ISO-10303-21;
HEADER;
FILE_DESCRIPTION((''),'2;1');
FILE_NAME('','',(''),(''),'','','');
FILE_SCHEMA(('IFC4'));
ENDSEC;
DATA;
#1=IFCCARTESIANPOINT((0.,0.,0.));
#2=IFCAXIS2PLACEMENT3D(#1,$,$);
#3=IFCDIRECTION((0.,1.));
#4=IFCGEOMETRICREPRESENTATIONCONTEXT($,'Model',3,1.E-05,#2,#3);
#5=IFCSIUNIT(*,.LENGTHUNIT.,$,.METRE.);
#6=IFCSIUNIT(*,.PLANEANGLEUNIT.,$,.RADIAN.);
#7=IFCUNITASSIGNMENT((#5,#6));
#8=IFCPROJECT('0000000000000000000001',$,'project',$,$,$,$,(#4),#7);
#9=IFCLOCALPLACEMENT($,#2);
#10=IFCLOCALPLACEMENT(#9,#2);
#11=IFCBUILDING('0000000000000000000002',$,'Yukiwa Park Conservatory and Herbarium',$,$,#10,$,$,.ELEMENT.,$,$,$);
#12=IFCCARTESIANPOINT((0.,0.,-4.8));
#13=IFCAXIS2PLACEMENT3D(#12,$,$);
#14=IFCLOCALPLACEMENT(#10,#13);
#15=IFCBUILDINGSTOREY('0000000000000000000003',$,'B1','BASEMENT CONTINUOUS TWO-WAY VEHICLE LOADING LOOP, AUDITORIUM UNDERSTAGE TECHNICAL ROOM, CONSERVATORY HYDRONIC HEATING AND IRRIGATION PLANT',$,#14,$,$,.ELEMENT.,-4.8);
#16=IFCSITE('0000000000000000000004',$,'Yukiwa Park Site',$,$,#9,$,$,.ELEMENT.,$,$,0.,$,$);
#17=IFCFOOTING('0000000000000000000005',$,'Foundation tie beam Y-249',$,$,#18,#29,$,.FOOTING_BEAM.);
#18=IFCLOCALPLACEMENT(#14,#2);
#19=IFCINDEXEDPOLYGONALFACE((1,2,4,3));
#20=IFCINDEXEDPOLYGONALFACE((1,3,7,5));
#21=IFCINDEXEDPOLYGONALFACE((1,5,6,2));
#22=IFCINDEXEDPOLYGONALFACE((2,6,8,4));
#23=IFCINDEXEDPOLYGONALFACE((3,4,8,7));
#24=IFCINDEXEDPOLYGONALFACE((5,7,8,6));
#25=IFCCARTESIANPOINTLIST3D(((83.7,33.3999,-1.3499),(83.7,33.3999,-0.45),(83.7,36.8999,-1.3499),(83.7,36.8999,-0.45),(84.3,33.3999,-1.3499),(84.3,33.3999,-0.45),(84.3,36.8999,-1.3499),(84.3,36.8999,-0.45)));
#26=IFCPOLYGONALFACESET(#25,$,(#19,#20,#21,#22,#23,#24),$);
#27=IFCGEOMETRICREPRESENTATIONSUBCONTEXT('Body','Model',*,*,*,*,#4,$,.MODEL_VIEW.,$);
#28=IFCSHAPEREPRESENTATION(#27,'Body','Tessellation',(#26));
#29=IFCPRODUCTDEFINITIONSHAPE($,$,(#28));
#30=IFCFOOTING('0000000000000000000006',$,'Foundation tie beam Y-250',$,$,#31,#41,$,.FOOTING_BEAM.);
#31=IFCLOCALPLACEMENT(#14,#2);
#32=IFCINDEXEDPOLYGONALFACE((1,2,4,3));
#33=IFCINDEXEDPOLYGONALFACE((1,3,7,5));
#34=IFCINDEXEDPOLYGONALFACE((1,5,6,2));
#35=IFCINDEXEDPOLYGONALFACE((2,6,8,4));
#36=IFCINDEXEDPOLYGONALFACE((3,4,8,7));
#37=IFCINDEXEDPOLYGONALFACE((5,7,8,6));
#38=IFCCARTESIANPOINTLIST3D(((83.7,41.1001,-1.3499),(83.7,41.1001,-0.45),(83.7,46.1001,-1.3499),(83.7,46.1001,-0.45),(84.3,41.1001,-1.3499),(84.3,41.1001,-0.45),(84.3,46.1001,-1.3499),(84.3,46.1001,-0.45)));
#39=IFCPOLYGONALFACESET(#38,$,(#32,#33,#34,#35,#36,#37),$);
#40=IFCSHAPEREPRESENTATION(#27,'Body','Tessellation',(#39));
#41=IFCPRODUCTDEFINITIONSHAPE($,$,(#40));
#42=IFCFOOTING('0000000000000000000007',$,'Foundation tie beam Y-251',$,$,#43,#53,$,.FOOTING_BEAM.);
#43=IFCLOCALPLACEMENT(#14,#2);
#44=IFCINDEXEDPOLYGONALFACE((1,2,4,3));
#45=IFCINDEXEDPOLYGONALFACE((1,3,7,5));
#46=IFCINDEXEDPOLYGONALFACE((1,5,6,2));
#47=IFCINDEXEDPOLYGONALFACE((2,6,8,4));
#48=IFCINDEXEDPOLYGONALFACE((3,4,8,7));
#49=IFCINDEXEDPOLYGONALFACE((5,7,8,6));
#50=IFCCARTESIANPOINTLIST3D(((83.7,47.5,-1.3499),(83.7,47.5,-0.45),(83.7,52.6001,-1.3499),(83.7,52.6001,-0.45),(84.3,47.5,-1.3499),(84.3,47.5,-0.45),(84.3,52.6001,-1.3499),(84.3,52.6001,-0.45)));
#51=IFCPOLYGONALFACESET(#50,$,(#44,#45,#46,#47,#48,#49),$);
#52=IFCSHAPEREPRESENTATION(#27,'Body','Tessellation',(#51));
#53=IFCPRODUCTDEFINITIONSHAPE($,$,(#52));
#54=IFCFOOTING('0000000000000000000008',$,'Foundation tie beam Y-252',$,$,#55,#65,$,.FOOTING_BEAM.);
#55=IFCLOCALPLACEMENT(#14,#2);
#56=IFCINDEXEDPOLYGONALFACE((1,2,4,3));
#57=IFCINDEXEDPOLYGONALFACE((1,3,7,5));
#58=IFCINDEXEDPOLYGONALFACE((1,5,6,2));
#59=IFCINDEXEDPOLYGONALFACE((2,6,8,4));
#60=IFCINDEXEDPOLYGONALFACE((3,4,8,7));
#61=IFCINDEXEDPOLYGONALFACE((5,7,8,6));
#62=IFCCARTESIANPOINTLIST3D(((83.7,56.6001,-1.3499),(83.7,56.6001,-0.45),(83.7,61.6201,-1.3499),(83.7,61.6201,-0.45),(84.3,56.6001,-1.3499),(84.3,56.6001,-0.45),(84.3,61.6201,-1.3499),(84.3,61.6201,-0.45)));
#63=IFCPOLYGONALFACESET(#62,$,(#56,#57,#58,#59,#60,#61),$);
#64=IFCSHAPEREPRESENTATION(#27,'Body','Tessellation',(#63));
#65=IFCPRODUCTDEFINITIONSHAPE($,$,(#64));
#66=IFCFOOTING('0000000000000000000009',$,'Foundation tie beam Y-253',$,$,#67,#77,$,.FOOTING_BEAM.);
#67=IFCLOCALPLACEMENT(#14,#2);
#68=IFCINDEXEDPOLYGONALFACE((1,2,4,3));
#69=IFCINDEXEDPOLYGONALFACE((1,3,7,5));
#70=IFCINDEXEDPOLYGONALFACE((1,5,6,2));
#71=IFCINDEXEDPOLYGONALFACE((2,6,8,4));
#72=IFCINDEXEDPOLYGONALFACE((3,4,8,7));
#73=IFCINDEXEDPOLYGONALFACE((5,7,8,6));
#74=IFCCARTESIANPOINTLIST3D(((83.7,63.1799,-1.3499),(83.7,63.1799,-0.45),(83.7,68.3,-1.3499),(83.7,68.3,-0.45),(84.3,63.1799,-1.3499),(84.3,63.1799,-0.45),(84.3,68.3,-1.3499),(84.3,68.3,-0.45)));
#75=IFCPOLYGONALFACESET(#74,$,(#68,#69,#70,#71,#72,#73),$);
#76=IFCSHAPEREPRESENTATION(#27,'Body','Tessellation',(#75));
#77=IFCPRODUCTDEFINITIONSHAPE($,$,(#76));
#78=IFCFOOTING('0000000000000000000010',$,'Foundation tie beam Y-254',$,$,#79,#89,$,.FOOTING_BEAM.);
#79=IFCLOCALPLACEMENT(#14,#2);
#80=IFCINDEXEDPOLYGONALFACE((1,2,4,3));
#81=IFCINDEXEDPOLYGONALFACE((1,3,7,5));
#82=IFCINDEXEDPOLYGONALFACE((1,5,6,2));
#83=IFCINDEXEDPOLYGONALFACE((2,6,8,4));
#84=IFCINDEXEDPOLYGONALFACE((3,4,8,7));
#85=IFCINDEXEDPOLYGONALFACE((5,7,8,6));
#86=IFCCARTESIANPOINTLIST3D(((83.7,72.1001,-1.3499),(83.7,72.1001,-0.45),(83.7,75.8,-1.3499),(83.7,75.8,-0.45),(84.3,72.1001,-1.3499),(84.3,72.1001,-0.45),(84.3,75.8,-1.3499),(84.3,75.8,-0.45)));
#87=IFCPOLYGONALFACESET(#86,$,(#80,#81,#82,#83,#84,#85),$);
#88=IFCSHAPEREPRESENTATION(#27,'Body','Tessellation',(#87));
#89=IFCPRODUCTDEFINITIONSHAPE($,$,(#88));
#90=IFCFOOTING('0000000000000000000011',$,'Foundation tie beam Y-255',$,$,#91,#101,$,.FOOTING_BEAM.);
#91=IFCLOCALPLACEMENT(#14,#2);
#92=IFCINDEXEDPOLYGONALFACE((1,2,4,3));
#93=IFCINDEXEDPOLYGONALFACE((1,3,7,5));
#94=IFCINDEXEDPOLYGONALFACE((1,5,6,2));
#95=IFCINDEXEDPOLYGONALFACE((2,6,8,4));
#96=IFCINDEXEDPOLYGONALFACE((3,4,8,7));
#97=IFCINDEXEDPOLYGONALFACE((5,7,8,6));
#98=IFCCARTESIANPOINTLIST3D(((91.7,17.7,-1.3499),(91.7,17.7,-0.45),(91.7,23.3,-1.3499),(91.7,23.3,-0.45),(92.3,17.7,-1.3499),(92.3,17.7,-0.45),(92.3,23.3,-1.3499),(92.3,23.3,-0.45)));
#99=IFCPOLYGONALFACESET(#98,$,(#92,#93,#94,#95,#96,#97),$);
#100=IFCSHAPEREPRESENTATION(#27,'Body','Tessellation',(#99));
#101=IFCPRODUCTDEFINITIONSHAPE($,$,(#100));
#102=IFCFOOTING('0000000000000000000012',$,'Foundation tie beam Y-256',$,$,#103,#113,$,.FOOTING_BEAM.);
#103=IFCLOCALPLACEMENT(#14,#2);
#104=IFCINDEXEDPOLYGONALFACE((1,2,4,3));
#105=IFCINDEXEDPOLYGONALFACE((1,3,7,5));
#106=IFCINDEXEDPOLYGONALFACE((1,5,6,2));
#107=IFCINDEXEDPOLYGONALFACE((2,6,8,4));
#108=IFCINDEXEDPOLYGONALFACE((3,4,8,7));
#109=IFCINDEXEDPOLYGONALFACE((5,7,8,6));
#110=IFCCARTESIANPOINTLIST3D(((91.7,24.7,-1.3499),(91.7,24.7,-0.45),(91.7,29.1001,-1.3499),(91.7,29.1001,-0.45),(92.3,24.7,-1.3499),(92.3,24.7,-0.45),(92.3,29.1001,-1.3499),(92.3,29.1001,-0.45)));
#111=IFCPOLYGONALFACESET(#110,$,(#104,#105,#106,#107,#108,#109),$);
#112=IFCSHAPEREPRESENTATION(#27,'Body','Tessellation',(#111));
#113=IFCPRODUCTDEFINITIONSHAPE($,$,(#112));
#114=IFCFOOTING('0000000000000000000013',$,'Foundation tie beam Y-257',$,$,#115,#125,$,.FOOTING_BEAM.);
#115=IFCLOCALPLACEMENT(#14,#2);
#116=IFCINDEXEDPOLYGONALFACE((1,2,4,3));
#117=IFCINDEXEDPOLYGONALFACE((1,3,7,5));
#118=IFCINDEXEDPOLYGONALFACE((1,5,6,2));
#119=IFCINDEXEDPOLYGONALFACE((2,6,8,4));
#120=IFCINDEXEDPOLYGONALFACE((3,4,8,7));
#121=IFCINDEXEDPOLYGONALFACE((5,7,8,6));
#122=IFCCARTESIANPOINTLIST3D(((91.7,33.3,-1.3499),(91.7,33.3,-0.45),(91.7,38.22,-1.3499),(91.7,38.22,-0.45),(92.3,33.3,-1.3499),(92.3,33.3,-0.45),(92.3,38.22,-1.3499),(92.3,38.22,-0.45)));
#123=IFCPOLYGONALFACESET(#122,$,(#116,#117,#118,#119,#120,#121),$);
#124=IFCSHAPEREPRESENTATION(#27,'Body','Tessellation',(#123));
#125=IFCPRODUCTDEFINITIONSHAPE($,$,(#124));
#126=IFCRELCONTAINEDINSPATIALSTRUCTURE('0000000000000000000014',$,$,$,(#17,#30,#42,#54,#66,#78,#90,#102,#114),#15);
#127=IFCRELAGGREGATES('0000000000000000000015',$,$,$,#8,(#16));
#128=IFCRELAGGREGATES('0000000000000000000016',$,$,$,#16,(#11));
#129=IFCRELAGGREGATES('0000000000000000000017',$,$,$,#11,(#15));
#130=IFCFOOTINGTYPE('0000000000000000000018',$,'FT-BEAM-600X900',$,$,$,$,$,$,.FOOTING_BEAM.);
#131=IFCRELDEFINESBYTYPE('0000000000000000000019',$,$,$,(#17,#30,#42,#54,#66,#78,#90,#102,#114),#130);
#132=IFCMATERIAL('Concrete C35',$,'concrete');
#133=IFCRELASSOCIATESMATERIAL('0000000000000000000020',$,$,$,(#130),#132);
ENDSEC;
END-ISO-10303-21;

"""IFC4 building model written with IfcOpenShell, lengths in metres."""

from ifc_helpers import new_model, si_unit, direction, frame, origin, place, context, subcontext, project, spatial, polyline, outline, extrude, material, type_object, element, save


model = new_model("IFC4")

# Units and contexts
model_context = context("Model", 3, precision=1e-05, world=origin(), true_north=direction((0.0, 1.0)))
body_context = subcontext(model_context, "Body", "Model", "MODEL_VIEW")
ifc_project = project(units=[si_unit("LENGTHUNIT", "METRE"), si_unit("PLANEANGLEUNIT", "RADIAN")], contexts=[model_context])

# Site, building, storey
site_placement = place(None, origin())
site = spatial("IfcSite", under=ifc_project, at=site_placement, Name="Yukiwa Park Site", CompositionType="ELEMENT", RefElevation=0.0)
building_placement = place(site_placement, origin())
building = spatial("IfcBuilding", under=site, at=building_placement, Name="Yukiwa Park Conservatory and Herbarium", CompositionType="ELEMENT")
storey_placement = place(building_placement, frame((0.0, 0.0, -4.8)))
storey = spatial("IfcBuildingStorey", under=building, at=storey_placement, Name="B1", Description="BASEMENT CONTINUOUS TWO-WAY VEHICLE LOADING LOOP, AUDITORIUM UNDERSTAGE TECHNICAL ROOM, CONSERVATORY HYDRONIC HEATING AND IRRIGATION PLANT", CompositionType="ELEMENT", Elevation=-4.8)

# Footings
ifc_material = material(Name="Concrete C35", Category="concrete")
footing_type = type_object("IfcFootingType", Name="FT-BEAM-600X900", PredefinedType="FOOTING_BEAM", material=ifc_material)
footing_1_placement = place(storey_placement, frame((0.0, 0.0, -1.3499)))
element("IfcFooting", 1, at=footing_1_placement, inside=storey, type_object=footing_type, Name="Foundation tie beam Y-249", PredefinedType="FOOTING_BEAM", context=body_context, shape_type="SweptSolid", body=[
    extrude(outline(polyline([(83.7, 33.3999), (84.3, 33.3999), (84.3, 36.8999), (83.7, 36.8999), (83.7, 33.3999)])), origin(), (0.0, 0.0, 1.0), 0.8999),
])
footing_2_placement = place(storey_placement, frame((0.0, 0.0, -1.3499)))
element("IfcFooting", 2, at=footing_2_placement, inside=storey, type_object=footing_type, Name="Foundation tie beam Y-250", PredefinedType="FOOTING_BEAM", context=body_context, shape_type="SweptSolid", body=[
    extrude(outline(polyline([(83.7, 41.1001), (84.3, 41.1001), (84.3, 46.1001), (83.7, 46.1001), (83.7, 41.1001)])), origin(), (0.0, 0.0, 1.0), 0.8999),
])
footing_3_placement = place(storey_placement, frame((0.0, 0.0, -1.3499)))
element("IfcFooting", 3, at=footing_3_placement, inside=storey, type_object=footing_type, Name="Foundation tie beam Y-251", PredefinedType="FOOTING_BEAM", context=body_context, shape_type="SweptSolid", body=[
    extrude(outline(polyline([(83.7, 47.5), (84.3, 47.5), (84.3, 52.6001), (83.7, 52.6001), (83.7, 47.5)])), origin(), (0.0, 0.0, 1.0), 0.8999),
])
footing_4_placement = place(storey_placement, frame((0.0, 0.0, -1.3499)))
element("IfcFooting", 4, at=footing_4_placement, inside=storey, type_object=footing_type, Name="Foundation tie beam Y-252", PredefinedType="FOOTING_BEAM", context=body_context, shape_type="SweptSolid", body=[
    extrude(outline(polyline([(83.7, 56.6001), (84.3, 56.6001), (84.3, 61.6201), (83.7, 61.6201), (83.7, 56.6001)])), origin(), (0.0, 0.0, 1.0), 0.8999),
])
footing_5_placement = place(storey_placement, frame((0.0, 0.0, -1.3499)))
element("IfcFooting", 5, at=footing_5_placement, inside=storey, type_object=footing_type, Name="Foundation tie beam Y-253", PredefinedType="FOOTING_BEAM", context=body_context, shape_type="SweptSolid", body=[
    extrude(outline(polyline([(83.7, 63.1799), (84.3, 63.1799), (84.3, 68.3), (83.7, 68.3), (83.7, 63.1799)])), origin(), (0.0, 0.0, 1.0), 0.8999),
])
footing_6_placement = place(storey_placement, frame((0.0, 0.0, -1.3499)))
element("IfcFooting", 6, at=footing_6_placement, inside=storey, type_object=footing_type, Name="Foundation tie beam Y-254", PredefinedType="FOOTING_BEAM", context=body_context, shape_type="SweptSolid", body=[
    extrude(outline(polyline([(83.7, 72.1001), (84.3, 72.1001), (84.3, 75.8), (83.7, 75.8), (83.7, 72.1001)])), origin(), (0.0, 0.0, 1.0), 0.8999),
])
footing_7_placement = place(storey_placement, frame((0.0, 0.0, -1.3499)))
element("IfcFooting", 7, at=footing_7_placement, inside=storey, type_object=footing_type, Name="Foundation tie beam Y-255", PredefinedType="FOOTING_BEAM", context=body_context, shape_type="SweptSolid", body=[
    extrude(outline(polyline([(91.7, 17.7), (92.3, 17.7), (92.3, 23.3), (91.7, 23.3), (91.7, 17.7)])), origin(), (0.0, 0.0, 1.0), 0.8999),
])
footing_8_placement = place(storey_placement, frame((0.0, 0.0, -1.3499)))
element("IfcFooting", 8, at=footing_8_placement, inside=storey, type_object=footing_type, Name="Foundation tie beam Y-256", PredefinedType="FOOTING_BEAM", context=body_context, shape_type="SweptSolid", body=[
    extrude(outline(polyline([(91.7, 24.7), (92.3, 24.7), (92.3, 29.1001), (91.7, 29.1001), (91.7, 24.7)])), origin(), (0.0, 0.0, 1.0), 0.8999),
])
footing_9_placement = place(storey_placement, frame((0.0, 0.0, -1.3499)))
element("IfcFooting", 9, at=footing_9_placement, inside=storey, type_object=footing_type, Name="Foundation tie beam Y-257", PredefinedType="FOOTING_BEAM", context=body_context, shape_type="SweptSolid", body=[
    extrude(outline(polyline([(91.7, 33.3), (92.3, 33.3), (92.3, 38.22), (91.7, 38.22), (91.7, 33.3)])), origin(), (0.0, 0.0, 1.0), 0.8999),
])

save(model, "model.ifc")
